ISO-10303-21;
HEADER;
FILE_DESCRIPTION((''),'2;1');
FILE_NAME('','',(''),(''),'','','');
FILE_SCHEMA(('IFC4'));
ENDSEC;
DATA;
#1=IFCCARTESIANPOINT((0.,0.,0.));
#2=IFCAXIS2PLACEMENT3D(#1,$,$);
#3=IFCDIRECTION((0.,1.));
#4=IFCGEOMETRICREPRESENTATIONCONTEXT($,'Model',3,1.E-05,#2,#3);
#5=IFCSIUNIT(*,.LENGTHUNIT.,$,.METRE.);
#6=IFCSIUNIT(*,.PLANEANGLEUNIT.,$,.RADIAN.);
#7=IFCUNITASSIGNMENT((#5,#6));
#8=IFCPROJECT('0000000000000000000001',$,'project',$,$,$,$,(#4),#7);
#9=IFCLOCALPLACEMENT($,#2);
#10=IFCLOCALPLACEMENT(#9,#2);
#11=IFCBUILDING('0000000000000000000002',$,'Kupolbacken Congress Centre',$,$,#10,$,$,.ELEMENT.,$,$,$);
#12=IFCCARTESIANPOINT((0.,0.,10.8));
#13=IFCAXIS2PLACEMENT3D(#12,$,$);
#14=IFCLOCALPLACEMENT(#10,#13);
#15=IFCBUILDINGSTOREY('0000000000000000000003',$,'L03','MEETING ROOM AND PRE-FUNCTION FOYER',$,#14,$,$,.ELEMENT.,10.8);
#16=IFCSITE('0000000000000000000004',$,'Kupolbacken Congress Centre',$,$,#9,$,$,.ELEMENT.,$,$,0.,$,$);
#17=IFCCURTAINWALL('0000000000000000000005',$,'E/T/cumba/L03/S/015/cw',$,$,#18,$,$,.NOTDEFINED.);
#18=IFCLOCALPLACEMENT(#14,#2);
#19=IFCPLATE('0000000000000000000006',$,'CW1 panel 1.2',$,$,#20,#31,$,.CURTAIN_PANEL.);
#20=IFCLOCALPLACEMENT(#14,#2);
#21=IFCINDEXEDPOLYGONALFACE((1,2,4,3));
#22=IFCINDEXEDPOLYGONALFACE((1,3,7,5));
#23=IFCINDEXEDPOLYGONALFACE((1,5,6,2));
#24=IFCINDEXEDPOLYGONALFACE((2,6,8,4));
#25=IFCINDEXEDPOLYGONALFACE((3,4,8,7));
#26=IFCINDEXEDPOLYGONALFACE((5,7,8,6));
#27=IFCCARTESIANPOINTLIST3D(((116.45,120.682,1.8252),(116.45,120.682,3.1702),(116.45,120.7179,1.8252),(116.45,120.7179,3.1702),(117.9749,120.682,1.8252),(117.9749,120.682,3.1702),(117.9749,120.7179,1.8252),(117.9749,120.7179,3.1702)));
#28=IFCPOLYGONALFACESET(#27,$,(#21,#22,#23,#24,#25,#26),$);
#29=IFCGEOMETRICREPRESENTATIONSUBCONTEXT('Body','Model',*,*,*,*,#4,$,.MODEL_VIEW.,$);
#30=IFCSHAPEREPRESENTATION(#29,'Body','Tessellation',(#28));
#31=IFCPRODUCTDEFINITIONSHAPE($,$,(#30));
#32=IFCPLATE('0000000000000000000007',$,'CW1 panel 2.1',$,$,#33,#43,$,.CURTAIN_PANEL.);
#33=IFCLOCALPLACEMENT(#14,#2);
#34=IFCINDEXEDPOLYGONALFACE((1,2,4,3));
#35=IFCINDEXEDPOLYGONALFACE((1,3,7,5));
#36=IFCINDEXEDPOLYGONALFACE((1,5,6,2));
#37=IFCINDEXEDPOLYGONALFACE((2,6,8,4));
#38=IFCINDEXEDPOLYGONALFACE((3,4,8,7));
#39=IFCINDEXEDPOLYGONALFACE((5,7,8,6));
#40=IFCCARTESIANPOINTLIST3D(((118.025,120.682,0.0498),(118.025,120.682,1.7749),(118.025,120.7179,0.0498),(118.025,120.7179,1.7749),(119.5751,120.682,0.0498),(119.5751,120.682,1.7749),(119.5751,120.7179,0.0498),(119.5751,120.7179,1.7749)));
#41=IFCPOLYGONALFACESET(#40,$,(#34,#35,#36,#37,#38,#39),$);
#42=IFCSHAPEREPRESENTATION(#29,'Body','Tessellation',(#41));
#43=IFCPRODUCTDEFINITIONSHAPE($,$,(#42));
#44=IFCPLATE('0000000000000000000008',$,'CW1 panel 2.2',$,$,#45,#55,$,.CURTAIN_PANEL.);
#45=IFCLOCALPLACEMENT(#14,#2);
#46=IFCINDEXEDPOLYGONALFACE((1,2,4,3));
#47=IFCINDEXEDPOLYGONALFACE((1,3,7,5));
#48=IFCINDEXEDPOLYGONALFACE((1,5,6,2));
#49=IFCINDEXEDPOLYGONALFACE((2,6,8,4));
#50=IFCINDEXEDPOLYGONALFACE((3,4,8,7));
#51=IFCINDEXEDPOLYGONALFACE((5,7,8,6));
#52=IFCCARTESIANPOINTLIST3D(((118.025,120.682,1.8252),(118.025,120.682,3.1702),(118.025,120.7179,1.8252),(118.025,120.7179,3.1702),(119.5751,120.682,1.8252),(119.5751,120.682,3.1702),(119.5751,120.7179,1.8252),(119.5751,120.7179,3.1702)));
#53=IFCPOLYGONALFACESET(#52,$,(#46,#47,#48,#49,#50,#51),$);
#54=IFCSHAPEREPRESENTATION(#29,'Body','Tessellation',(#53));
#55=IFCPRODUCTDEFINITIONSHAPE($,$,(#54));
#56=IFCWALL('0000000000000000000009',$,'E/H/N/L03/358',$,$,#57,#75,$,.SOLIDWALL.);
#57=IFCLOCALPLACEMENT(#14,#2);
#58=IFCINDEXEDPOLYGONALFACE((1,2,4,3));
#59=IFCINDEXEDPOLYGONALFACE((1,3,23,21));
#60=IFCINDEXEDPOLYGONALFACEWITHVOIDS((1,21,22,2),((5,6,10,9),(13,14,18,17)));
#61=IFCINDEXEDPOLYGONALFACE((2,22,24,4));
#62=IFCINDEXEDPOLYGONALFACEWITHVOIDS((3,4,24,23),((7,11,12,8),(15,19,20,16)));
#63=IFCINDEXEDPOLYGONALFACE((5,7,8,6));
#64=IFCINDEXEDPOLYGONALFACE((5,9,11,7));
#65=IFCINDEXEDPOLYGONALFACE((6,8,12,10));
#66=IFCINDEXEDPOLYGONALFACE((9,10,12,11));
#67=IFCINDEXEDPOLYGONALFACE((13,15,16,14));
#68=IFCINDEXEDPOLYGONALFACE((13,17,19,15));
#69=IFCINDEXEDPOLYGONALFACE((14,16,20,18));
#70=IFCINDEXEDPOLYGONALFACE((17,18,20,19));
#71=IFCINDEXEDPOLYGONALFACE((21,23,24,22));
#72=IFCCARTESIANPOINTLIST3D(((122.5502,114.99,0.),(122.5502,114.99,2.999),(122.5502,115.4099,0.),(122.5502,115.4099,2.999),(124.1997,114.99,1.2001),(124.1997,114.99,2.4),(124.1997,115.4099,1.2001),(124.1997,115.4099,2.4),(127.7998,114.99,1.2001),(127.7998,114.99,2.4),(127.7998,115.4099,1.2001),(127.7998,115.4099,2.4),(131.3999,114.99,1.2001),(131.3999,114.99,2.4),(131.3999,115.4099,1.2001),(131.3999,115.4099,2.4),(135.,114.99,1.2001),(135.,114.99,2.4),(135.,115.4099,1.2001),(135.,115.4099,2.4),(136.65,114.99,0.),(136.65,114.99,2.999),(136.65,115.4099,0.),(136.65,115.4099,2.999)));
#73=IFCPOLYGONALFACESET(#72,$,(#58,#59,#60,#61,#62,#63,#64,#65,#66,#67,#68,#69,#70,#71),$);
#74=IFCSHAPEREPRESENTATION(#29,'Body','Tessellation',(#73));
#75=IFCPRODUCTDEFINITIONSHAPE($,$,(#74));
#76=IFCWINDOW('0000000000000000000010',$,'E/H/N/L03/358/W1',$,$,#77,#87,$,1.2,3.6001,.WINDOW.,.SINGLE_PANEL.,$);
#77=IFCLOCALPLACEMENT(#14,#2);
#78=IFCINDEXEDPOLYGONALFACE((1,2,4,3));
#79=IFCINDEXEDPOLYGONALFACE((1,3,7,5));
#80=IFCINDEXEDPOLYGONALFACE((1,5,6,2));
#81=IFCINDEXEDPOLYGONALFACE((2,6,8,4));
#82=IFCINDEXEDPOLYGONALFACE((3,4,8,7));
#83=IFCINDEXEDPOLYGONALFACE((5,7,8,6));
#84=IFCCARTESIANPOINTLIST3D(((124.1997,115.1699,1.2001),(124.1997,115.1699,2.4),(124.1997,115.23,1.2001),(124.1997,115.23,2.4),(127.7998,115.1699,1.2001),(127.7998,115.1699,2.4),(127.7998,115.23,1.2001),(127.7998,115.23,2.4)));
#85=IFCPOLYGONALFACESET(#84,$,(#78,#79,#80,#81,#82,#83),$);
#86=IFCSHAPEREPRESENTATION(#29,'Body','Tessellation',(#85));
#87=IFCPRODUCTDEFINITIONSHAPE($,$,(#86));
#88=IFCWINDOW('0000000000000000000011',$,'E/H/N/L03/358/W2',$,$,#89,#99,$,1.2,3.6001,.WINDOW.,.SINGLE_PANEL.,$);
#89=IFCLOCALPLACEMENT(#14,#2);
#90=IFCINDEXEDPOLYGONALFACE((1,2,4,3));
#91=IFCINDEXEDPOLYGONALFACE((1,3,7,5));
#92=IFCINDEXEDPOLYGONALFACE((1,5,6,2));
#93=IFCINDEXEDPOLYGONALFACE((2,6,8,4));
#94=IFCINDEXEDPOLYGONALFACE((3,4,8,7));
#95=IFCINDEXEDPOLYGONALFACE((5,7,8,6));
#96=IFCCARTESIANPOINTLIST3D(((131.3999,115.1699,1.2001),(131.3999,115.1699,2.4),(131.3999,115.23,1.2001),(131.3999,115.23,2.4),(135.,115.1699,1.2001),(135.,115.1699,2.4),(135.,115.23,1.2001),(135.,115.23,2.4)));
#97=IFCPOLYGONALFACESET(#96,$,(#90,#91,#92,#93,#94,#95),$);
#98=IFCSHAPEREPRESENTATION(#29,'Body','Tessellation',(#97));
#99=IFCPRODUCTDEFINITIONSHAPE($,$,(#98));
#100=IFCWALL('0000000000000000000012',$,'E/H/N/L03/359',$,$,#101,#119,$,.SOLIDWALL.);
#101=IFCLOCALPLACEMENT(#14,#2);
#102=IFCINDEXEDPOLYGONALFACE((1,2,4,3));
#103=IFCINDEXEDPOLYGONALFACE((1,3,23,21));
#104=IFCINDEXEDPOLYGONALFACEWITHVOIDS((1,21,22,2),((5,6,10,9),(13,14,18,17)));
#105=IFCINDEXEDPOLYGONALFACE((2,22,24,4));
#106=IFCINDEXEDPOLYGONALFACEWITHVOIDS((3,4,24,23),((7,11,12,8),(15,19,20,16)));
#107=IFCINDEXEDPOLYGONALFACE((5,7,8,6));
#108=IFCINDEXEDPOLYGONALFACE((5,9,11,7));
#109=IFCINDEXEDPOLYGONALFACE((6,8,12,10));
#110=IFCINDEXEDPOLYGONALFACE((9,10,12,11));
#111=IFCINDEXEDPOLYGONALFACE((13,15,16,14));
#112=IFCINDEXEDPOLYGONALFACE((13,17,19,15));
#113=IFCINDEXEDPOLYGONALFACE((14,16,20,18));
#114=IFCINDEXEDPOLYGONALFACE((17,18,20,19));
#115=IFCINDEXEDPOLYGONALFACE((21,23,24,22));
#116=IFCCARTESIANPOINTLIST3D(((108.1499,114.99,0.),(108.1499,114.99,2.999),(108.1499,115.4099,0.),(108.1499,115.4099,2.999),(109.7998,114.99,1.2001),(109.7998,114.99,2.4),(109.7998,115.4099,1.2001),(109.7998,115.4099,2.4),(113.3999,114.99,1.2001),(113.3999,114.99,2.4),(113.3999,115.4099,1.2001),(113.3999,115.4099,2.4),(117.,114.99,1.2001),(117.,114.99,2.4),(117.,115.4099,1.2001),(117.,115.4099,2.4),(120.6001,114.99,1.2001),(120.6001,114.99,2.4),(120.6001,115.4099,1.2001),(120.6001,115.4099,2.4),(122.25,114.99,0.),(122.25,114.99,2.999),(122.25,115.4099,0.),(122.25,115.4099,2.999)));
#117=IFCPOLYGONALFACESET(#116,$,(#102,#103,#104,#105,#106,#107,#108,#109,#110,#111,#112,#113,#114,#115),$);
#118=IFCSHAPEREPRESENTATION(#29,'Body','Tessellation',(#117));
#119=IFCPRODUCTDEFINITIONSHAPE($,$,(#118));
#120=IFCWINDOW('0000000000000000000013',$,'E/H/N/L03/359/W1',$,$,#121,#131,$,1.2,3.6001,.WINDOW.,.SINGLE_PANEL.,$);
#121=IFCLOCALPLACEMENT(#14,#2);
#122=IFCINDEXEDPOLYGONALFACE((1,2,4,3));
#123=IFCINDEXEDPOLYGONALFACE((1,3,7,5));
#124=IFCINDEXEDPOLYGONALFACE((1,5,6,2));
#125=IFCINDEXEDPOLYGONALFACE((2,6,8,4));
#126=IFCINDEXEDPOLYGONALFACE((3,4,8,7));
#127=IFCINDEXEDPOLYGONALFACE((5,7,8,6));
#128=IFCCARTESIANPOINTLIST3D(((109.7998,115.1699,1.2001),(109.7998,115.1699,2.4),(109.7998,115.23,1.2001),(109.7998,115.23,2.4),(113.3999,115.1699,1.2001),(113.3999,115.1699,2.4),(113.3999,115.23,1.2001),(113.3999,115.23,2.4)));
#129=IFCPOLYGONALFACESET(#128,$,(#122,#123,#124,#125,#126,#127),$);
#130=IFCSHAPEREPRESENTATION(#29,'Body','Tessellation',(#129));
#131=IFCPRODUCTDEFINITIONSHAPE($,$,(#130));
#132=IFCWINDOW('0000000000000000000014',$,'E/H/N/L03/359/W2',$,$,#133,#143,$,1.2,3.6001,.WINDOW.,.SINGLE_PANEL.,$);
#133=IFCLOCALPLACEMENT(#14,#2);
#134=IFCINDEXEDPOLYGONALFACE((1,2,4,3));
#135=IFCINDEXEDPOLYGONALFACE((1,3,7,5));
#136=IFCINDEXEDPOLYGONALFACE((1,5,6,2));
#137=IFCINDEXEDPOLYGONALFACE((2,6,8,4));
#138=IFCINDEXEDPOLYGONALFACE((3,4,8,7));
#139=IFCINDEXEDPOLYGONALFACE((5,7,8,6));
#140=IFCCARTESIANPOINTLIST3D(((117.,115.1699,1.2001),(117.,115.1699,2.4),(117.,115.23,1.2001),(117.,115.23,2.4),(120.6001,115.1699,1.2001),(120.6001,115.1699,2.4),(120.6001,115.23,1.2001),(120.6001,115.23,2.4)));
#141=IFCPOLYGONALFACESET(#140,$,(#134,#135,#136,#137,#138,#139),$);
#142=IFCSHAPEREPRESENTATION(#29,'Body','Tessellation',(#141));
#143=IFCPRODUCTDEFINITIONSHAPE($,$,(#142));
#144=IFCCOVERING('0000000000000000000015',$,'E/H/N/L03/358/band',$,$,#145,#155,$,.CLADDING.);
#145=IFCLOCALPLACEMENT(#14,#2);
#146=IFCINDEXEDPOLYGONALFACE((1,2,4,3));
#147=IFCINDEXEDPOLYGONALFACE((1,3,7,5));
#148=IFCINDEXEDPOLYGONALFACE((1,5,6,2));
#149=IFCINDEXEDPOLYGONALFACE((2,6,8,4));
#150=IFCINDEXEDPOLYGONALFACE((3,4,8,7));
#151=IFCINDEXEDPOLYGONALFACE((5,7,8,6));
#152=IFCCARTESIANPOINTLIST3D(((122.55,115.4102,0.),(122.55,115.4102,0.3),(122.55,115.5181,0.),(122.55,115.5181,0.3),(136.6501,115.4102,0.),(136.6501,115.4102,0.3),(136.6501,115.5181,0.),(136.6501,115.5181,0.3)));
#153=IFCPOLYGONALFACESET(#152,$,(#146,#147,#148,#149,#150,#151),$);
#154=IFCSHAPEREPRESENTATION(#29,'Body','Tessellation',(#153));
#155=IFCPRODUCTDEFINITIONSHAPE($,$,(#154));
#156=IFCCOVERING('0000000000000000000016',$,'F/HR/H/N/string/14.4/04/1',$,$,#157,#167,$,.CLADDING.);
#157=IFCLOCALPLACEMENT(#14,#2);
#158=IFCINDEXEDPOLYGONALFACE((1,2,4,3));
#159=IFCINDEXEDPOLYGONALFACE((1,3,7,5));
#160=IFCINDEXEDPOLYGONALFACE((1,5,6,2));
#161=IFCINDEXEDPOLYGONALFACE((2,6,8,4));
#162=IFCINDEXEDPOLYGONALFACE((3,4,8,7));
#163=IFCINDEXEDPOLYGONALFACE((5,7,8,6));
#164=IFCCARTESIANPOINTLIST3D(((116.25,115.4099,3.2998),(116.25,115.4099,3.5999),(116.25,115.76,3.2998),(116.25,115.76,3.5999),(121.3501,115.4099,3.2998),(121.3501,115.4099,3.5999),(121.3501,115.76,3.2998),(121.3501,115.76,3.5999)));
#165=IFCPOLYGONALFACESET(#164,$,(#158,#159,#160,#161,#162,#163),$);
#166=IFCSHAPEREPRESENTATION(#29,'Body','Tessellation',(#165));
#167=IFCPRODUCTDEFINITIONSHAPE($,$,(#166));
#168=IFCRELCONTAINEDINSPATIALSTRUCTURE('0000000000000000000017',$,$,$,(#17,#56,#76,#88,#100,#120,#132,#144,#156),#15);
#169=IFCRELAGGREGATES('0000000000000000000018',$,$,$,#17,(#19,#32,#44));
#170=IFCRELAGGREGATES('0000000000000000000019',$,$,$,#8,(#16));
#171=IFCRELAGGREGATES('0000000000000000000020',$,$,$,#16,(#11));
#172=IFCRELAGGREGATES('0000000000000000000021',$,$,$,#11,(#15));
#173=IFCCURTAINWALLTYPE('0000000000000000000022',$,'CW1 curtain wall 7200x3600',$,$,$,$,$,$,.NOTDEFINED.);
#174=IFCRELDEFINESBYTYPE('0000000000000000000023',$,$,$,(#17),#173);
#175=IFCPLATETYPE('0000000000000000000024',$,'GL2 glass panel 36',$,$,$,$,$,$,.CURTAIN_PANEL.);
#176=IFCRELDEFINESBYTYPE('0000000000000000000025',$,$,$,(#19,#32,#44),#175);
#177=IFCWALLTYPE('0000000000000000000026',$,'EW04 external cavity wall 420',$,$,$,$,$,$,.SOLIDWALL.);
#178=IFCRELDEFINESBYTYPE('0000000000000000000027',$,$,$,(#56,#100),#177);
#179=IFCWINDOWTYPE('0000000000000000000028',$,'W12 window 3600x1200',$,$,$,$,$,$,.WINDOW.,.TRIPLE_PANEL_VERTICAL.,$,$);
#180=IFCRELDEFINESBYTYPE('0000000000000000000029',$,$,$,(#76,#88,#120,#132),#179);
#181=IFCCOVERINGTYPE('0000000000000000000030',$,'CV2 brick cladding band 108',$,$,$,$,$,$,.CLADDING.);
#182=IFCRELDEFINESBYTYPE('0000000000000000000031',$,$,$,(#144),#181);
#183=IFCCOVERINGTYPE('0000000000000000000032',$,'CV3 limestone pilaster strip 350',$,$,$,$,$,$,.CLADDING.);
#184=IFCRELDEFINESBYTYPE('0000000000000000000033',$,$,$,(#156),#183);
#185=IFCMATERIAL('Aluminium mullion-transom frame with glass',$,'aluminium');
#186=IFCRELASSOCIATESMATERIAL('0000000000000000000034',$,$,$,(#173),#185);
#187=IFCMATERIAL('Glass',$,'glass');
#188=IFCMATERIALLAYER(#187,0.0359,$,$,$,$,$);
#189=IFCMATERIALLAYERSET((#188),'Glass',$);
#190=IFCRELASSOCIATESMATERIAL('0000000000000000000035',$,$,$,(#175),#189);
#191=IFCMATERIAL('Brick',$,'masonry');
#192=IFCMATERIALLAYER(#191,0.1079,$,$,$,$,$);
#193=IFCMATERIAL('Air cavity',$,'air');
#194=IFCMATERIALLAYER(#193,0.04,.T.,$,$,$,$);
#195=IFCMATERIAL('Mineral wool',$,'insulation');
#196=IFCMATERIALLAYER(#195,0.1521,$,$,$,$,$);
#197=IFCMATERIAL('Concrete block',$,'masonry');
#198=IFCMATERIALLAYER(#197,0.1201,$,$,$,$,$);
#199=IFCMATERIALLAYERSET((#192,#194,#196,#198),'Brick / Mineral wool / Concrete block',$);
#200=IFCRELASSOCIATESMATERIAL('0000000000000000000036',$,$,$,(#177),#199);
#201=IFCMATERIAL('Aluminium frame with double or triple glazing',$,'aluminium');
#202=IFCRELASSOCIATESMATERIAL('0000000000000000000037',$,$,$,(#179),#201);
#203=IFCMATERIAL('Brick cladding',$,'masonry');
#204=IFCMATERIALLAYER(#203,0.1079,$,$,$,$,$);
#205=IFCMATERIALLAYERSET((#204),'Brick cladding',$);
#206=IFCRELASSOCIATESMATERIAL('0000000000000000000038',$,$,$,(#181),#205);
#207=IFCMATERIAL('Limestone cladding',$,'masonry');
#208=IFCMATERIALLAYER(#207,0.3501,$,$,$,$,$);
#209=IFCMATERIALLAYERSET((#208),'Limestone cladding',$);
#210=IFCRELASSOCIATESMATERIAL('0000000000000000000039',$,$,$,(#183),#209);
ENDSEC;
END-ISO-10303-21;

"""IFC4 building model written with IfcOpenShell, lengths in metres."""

from ifc_helpers import new_model, si_unit, direction, frame, frame_2d, origin, origin_2d, place, context, subcontext, project, spatial, rectangle, extrude, material, layer, layer_set, type_object, element, fill, aggregate, save


model = new_model("IFC4")

# Units and contexts
model_context = context("Model", 3, precision=1e-05, world=origin(), true_north=direction((0.0, 1.0)))
body_context = subcontext(model_context, "Body", "Model", "MODEL_VIEW")
ifc_project = project(units=[si_unit("LENGTHUNIT", "METRE"), si_unit("PLANEANGLEUNIT", "RADIAN")], contexts=[model_context])

# Site, building, storey
site_placement = place(None, origin())
site = spatial("IfcSite", under=ifc_project, at=site_placement, Name="Kupolbacken Congress Centre", CompositionType="ELEMENT", RefElevation=0.0)
building_placement = place(site_placement, origin())
building = spatial("IfcBuilding", under=site, at=building_placement, Name="Kupolbacken Congress Centre", CompositionType="ELEMENT")
storey_placement = place(building_placement, frame((0.0, 0.0, 10.8)))
storey = spatial("IfcBuildingStorey", under=building, at=storey_placement, Name="L03", Description="MEETING ROOM AND PRE-FUNCTION FOYER", CompositionType="ELEMENT", Elevation=10.8)

# Curtain wall, plates
ifc_material_1 = material(Name="Aluminium mullion-transom frame with glass", Category="aluminium")
curtain_wall_type = type_object("IfcCurtainWallType", Name="CW1 curtain wall 7200x3600", PredefinedType="NOTDEFINED", material=ifc_material_1)
curtain_wall_placement = place(storey_placement, origin())
curtain_wall = element("IfcCurtainWall", 1, at=curtain_wall_placement, inside=storey, type_object=curtain_wall_type, Name="E/T/cumba/L03/S/015/cw", PredefinedType="NOTDEFINED")
ifc_material_2 = material(Name="Glass", Category="glass")
ifc_layer_1 = layer(ifc_material_2, 0.0359)
ifc_layer_set_1 = layer_set([ifc_layer_1], Name="Glass")
plate_type = type_object("IfcPlateType", Name="GL2 glass panel 36", PredefinedType="CURTAIN_PANEL", material=ifc_layer_set_1)
plate_1_placement = place(storey_placement, frame((117.2124, 120.7, 1.8252), z_axis=(0.0, 0.0, 1.0), x_axis=(1.0, 0.0, 0.0)))
plate_1 = element("IfcPlate", 2, at=plate_1_placement, type_object=plate_type, Name="CW1 panel 1.2", PredefinedType="CURTAIN_PANEL", context=body_context, shape_type="SweptSolid", body=[
    extrude(rectangle(XDim=1.5249, YDim=0.0359, at=origin_2d()), origin(), (0.0, 0.0, 1.0), 1.345),
])
plate_2_placement = place(storey_placement, frame((118.8, 120.7, 0.0498), z_axis=(0.0, 0.0, 1.0), x_axis=(1.0, 0.0, 0.0)))
plate_2 = element("IfcPlate", 3, at=plate_2_placement, type_object=plate_type, Name="CW1 panel 2.1", PredefinedType="CURTAIN_PANEL", context=body_context, shape_type="SweptSolid", body=[
    extrude(rectangle(XDim=1.55, YDim=0.0359, at=origin_2d()), origin(), (0.0, 0.0, 1.0), 1.7251),
])
plate_3_placement = place(storey_placement, frame((118.8, 120.7, 1.8252), z_axis=(0.0, 0.0, 1.0), x_axis=(1.0, 0.0, 0.0)))
plate_3 = element("IfcPlate", 4, at=plate_3_placement, type_object=plate_type, Name="CW1 panel 2.2", PredefinedType="CURTAIN_PANEL", context=body_context, shape_type="SweptSolid", body=[
    extrude(rectangle(XDim=1.55, YDim=0.0359, at=origin_2d()), origin(), (0.0, 0.0, 1.0), 1.345),
])
aggregate(curtain_wall, [plate_1, plate_2, plate_3])

# Walls, openings, windows
ifc_material_3 = material(Name="Brick", Category="masonry")
ifc_layer_2 = layer(ifc_material_3, 0.1079)
ifc_material_4 = material(Name="Air cavity", Category="air")
ifc_layer_3 = layer(ifc_material_4, 0.04, ventilated=True)
ifc_material_5 = material(Name="Mineral wool", Category="insulation")
ifc_layer_4 = layer(ifc_material_5, 0.1521)
ifc_material_6 = material(Name="Concrete block", Category="masonry")
ifc_layer_5 = layer(ifc_material_6, 0.1201)
ifc_layer_set_2 = layer_set([ifc_layer_2, ifc_layer_3, ifc_layer_4, ifc_layer_5], Name="Brick / Mineral wool / Concrete block")
wall_type = type_object("IfcWallType", Name="EW04 external cavity wall 420", PredefinedType="SOLIDWALL", material=ifc_layer_set_2)
wall_1_placement = place(storey_placement, frame((136.6499, 115.2, 0.0), z_axis=(0.0, 0.0, 1.0), x_axis=(-1.0, 0.0, 0.0)))
wall_1 = element("IfcWall", 5, at=wall_1_placement, inside=storey, type_object=wall_type, Name="E/H/N/L03/358", PredefinedType="SOLIDWALL", context=body_context, shape_type="SweptSolid", body=[
    extrude(rectangle(XDim=14.0999, YDim=0.4199, at=frame_2d((7.0498, 0.0))), origin(), (0.0, 0.0, 1.0), 2.999),
])
opening_1_placement = place(wall_1_placement, frame((8.8501, 0.0, 1.2)))
opening_1 = element("IfcOpeningElement", 6, at=opening_1_placement, cuts=wall_1, PredefinedType="OPENING", context=body_context, shape_type="SweptSolid", body=[
    extrude(rectangle(XDim=3.6001, YDim=1.2, at=frame_2d((1.8, 0.6001))), frame((0.0, 0.22, 0.0), z_axis=(0.0, -1.0, 0.0), x_axis=(1.0, 0.0, 0.0)), (0.0, 0.0, 1.0), 0.4399),
])
opening_2_placement = place(wall_1_placement, frame((1.6499, 0.0, 1.2)))
opening_2 = element("IfcOpeningElement", 7, at=opening_2_placement, cuts=wall_1, PredefinedType="OPENING", context=body_context, shape_type="SweptSolid", body=[
    extrude(rectangle(XDim=3.6001, YDim=1.2, at=frame_2d((1.8, 0.6001))), frame((0.0, 0.22, 0.0), z_axis=(0.0, -1.0, 0.0), x_axis=(1.0, 0.0, 0.0)), (0.0, 0.0, 1.0), 0.4399),
])
ifc_material_7 = material(Name="Aluminium frame with double or triple glazing", Category="aluminium")
window_type = type_object("IfcWindowType", Name="W12 window 3600x1200", PartitioningType="TRIPLE_PANEL_VERTICAL", PredefinedType="WINDOW", material=ifc_material_7)
window_1_placement = place(opening_1_placement, origin())
window_1 = element("IfcWindow", 8, at=window_1_placement, inside=storey, type_object=window_type, Name="E/H/N/L03/358/W1", OverallHeight=1.2, OverallWidth=3.6001, PartitioningType="SINGLE_PANEL", PredefinedType="WINDOW", context=body_context, shape_type="SweptSolid", body=[
    extrude(rectangle(XDim=3.6001, YDim=1.2, at=frame_2d((1.8, 0.6001))), frame((0.0, 0.03, 0.0), z_axis=(0.0, -1.0, 0.0), x_axis=(1.0, 0.0, 0.0)), (0.0, 0.0, 1.0), 0.0601),
])
fill(opening_1, window_1)
window_2_placement = place(opening_2_placement, origin())
window_2 = element("IfcWindow", 9, at=window_2_placement, inside=storey, type_object=window_type, Name="E/H/N/L03/358/W2", OverallHeight=1.2, OverallWidth=3.6001, PartitioningType="SINGLE_PANEL", PredefinedType="WINDOW", context=body_context, shape_type="SweptSolid", body=[
    extrude(rectangle(XDim=3.6001, YDim=1.2, at=frame_2d((1.8, 0.6001))), frame((0.0, 0.03, 0.0), z_axis=(0.0, -1.0, 0.0), x_axis=(1.0, 0.0, 0.0)), (0.0, 0.0, 1.0), 0.0601),
])
fill(opening_2, window_2)
wall_2_placement = place(storey_placement, frame((122.25, 115.2, 0.0), z_axis=(0.0, 0.0, 1.0), x_axis=(-1.0, 0.0, 0.0)))
wall_2 = element("IfcWall", 10, at=wall_2_placement, inside=storey, type_object=wall_type, Name="E/H/N/L03/359", PredefinedType="SOLIDWALL", context=body_context, shape_type="SweptSolid", body=[
    extrude(rectangle(XDim=14.1001, YDim=0.4199, at=frame_2d((7.05, 0.0))), origin(), (0.0, 0.0, 1.0), 2.999),
])
opening_3_placement = place(wall_2_placement, frame((8.8501, 0.0, 1.2)))
opening_3 = element("IfcOpeningElement", 11, at=opening_3_placement, cuts=wall_2, PredefinedType="OPENING", context=body_context, shape_type="SweptSolid", body=[
    extrude(rectangle(XDim=3.6001, YDim=1.2, at=frame_2d((1.8, 0.6001))), frame((0.0, 0.22, 0.0), z_axis=(0.0, -1.0, 0.0), x_axis=(1.0, 0.0, 0.0)), (0.0, 0.0, 1.0), 0.4399),
])
opening_4_placement = place(wall_2_placement, frame((1.6499, 0.0, 1.2)))
opening_4 = element("IfcOpeningElement", 12, at=opening_4_placement, cuts=wall_2, PredefinedType="OPENING", context=body_context, shape_type="SweptSolid", body=[
    extrude(rectangle(XDim=3.6001, YDim=1.2, at=frame_2d((1.8, 0.6001))), frame((0.0, 0.22, 0.0), z_axis=(0.0, -1.0, 0.0), x_axis=(1.0, 0.0, 0.0)), (0.0, 0.0, 1.0), 0.4399),
])
window_3_placement = place(opening_3_placement, origin())
window_3 = element("IfcWindow", 13, at=window_3_placement, inside=storey, type_object=window_type, Name="E/H/N/L03/359/W1", OverallHeight=1.2, OverallWidth=3.6001, PartitioningType="SINGLE_PANEL", PredefinedType="WINDOW", context=body_context, shape_type="SweptSolid", body=[
    extrude(rectangle(XDim=3.6001, YDim=1.2, at=frame_2d((1.8, 0.6001))), frame((0.0, 0.03, 0.0), z_axis=(0.0, -1.0, 0.0), x_axis=(1.0, 0.0, 0.0)), (0.0, 0.0, 1.0), 0.0601),
])
fill(opening_3, window_3)
window_4_placement = place(opening_4_placement, origin())
window_4 = element("IfcWindow", 14, at=window_4_placement, inside=storey, type_object=window_type, Name="E/H/N/L03/359/W2", OverallHeight=1.2, OverallWidth=3.6001, PartitioningType="SINGLE_PANEL", PredefinedType="WINDOW", context=body_context, shape_type="SweptSolid", body=[
    extrude(rectangle(XDim=3.6001, YDim=1.2, at=frame_2d((1.8, 0.6001))), frame((0.0, 0.03, 0.0), z_axis=(0.0, -1.0, 0.0), x_axis=(1.0, 0.0, 0.0)), (0.0, 0.0, 1.0), 0.0601),
])
fill(opening_4, window_4)

# Coverings
ifc_material_8 = material(Name="Brick cladding", Category="masonry")
ifc_layer_6 = layer(ifc_material_8, 0.1079)
ifc_layer_set_3 = layer_set([ifc_layer_6], Name="Brick cladding")
covering_type_1 = type_object("IfcCoveringType", Name="CV2 brick cladding band 108", PredefinedType="CLADDING", material=ifc_layer_set_3)
covering_placement = place(storey_placement, frame((129.6001, 115.4641, 0.0), z_axis=(0.0, 0.0, 1.0), x_axis=(-1.0, 0.0, 0.0)))
element("IfcCovering", 15, at=covering_placement, inside=storey, type_object=covering_type_1, Name="E/H/N/L03/358/band", PredefinedType="CLADDING", context=body_context, shape_type="SweptSolid", body=[
    extrude(rectangle(XDim=14.1001, YDim=0.1079, at=origin_2d()), origin(), (0.0, 0.0, 1.0), 0.3),
])
ifc_material_9 = material(Name="Limestone cladding", Category="masonry")
ifc_layer_7 = layer(ifc_material_9, 0.3501)
ifc_layer_set_4 = layer_set([ifc_layer_7], Name="Limestone cladding")
covering_type_2 = type_object("IfcCoveringType", Name="CV3 limestone pilaster strip 350", PredefinedType="CLADDING", material=ifc_layer_set_4)
for number, where, z_axis, x_axis, name in (
    (16, (118.8, 115.585, 3.2998), (0.0, 0.0, 1.0), (1.0, 0.0, 0.0), "F/HR/H/N/string/14.4/04/1"),
):
    element("IfcCovering", number, at=place(storey_placement, frame(where, z_axis=z_axis, x_axis=x_axis)), inside=storey, type_object=covering_type_2, Name=name, PredefinedType="CLADDING", context=body_context, shape_type="SweptSolid", body=[
        extrude(rectangle(XDim=5.1001, YDim=0.3501, at=origin_2d()), origin(), (0.0, 0.0, 1.0), 0.3),
    ])

save(model, "model.ifc")
